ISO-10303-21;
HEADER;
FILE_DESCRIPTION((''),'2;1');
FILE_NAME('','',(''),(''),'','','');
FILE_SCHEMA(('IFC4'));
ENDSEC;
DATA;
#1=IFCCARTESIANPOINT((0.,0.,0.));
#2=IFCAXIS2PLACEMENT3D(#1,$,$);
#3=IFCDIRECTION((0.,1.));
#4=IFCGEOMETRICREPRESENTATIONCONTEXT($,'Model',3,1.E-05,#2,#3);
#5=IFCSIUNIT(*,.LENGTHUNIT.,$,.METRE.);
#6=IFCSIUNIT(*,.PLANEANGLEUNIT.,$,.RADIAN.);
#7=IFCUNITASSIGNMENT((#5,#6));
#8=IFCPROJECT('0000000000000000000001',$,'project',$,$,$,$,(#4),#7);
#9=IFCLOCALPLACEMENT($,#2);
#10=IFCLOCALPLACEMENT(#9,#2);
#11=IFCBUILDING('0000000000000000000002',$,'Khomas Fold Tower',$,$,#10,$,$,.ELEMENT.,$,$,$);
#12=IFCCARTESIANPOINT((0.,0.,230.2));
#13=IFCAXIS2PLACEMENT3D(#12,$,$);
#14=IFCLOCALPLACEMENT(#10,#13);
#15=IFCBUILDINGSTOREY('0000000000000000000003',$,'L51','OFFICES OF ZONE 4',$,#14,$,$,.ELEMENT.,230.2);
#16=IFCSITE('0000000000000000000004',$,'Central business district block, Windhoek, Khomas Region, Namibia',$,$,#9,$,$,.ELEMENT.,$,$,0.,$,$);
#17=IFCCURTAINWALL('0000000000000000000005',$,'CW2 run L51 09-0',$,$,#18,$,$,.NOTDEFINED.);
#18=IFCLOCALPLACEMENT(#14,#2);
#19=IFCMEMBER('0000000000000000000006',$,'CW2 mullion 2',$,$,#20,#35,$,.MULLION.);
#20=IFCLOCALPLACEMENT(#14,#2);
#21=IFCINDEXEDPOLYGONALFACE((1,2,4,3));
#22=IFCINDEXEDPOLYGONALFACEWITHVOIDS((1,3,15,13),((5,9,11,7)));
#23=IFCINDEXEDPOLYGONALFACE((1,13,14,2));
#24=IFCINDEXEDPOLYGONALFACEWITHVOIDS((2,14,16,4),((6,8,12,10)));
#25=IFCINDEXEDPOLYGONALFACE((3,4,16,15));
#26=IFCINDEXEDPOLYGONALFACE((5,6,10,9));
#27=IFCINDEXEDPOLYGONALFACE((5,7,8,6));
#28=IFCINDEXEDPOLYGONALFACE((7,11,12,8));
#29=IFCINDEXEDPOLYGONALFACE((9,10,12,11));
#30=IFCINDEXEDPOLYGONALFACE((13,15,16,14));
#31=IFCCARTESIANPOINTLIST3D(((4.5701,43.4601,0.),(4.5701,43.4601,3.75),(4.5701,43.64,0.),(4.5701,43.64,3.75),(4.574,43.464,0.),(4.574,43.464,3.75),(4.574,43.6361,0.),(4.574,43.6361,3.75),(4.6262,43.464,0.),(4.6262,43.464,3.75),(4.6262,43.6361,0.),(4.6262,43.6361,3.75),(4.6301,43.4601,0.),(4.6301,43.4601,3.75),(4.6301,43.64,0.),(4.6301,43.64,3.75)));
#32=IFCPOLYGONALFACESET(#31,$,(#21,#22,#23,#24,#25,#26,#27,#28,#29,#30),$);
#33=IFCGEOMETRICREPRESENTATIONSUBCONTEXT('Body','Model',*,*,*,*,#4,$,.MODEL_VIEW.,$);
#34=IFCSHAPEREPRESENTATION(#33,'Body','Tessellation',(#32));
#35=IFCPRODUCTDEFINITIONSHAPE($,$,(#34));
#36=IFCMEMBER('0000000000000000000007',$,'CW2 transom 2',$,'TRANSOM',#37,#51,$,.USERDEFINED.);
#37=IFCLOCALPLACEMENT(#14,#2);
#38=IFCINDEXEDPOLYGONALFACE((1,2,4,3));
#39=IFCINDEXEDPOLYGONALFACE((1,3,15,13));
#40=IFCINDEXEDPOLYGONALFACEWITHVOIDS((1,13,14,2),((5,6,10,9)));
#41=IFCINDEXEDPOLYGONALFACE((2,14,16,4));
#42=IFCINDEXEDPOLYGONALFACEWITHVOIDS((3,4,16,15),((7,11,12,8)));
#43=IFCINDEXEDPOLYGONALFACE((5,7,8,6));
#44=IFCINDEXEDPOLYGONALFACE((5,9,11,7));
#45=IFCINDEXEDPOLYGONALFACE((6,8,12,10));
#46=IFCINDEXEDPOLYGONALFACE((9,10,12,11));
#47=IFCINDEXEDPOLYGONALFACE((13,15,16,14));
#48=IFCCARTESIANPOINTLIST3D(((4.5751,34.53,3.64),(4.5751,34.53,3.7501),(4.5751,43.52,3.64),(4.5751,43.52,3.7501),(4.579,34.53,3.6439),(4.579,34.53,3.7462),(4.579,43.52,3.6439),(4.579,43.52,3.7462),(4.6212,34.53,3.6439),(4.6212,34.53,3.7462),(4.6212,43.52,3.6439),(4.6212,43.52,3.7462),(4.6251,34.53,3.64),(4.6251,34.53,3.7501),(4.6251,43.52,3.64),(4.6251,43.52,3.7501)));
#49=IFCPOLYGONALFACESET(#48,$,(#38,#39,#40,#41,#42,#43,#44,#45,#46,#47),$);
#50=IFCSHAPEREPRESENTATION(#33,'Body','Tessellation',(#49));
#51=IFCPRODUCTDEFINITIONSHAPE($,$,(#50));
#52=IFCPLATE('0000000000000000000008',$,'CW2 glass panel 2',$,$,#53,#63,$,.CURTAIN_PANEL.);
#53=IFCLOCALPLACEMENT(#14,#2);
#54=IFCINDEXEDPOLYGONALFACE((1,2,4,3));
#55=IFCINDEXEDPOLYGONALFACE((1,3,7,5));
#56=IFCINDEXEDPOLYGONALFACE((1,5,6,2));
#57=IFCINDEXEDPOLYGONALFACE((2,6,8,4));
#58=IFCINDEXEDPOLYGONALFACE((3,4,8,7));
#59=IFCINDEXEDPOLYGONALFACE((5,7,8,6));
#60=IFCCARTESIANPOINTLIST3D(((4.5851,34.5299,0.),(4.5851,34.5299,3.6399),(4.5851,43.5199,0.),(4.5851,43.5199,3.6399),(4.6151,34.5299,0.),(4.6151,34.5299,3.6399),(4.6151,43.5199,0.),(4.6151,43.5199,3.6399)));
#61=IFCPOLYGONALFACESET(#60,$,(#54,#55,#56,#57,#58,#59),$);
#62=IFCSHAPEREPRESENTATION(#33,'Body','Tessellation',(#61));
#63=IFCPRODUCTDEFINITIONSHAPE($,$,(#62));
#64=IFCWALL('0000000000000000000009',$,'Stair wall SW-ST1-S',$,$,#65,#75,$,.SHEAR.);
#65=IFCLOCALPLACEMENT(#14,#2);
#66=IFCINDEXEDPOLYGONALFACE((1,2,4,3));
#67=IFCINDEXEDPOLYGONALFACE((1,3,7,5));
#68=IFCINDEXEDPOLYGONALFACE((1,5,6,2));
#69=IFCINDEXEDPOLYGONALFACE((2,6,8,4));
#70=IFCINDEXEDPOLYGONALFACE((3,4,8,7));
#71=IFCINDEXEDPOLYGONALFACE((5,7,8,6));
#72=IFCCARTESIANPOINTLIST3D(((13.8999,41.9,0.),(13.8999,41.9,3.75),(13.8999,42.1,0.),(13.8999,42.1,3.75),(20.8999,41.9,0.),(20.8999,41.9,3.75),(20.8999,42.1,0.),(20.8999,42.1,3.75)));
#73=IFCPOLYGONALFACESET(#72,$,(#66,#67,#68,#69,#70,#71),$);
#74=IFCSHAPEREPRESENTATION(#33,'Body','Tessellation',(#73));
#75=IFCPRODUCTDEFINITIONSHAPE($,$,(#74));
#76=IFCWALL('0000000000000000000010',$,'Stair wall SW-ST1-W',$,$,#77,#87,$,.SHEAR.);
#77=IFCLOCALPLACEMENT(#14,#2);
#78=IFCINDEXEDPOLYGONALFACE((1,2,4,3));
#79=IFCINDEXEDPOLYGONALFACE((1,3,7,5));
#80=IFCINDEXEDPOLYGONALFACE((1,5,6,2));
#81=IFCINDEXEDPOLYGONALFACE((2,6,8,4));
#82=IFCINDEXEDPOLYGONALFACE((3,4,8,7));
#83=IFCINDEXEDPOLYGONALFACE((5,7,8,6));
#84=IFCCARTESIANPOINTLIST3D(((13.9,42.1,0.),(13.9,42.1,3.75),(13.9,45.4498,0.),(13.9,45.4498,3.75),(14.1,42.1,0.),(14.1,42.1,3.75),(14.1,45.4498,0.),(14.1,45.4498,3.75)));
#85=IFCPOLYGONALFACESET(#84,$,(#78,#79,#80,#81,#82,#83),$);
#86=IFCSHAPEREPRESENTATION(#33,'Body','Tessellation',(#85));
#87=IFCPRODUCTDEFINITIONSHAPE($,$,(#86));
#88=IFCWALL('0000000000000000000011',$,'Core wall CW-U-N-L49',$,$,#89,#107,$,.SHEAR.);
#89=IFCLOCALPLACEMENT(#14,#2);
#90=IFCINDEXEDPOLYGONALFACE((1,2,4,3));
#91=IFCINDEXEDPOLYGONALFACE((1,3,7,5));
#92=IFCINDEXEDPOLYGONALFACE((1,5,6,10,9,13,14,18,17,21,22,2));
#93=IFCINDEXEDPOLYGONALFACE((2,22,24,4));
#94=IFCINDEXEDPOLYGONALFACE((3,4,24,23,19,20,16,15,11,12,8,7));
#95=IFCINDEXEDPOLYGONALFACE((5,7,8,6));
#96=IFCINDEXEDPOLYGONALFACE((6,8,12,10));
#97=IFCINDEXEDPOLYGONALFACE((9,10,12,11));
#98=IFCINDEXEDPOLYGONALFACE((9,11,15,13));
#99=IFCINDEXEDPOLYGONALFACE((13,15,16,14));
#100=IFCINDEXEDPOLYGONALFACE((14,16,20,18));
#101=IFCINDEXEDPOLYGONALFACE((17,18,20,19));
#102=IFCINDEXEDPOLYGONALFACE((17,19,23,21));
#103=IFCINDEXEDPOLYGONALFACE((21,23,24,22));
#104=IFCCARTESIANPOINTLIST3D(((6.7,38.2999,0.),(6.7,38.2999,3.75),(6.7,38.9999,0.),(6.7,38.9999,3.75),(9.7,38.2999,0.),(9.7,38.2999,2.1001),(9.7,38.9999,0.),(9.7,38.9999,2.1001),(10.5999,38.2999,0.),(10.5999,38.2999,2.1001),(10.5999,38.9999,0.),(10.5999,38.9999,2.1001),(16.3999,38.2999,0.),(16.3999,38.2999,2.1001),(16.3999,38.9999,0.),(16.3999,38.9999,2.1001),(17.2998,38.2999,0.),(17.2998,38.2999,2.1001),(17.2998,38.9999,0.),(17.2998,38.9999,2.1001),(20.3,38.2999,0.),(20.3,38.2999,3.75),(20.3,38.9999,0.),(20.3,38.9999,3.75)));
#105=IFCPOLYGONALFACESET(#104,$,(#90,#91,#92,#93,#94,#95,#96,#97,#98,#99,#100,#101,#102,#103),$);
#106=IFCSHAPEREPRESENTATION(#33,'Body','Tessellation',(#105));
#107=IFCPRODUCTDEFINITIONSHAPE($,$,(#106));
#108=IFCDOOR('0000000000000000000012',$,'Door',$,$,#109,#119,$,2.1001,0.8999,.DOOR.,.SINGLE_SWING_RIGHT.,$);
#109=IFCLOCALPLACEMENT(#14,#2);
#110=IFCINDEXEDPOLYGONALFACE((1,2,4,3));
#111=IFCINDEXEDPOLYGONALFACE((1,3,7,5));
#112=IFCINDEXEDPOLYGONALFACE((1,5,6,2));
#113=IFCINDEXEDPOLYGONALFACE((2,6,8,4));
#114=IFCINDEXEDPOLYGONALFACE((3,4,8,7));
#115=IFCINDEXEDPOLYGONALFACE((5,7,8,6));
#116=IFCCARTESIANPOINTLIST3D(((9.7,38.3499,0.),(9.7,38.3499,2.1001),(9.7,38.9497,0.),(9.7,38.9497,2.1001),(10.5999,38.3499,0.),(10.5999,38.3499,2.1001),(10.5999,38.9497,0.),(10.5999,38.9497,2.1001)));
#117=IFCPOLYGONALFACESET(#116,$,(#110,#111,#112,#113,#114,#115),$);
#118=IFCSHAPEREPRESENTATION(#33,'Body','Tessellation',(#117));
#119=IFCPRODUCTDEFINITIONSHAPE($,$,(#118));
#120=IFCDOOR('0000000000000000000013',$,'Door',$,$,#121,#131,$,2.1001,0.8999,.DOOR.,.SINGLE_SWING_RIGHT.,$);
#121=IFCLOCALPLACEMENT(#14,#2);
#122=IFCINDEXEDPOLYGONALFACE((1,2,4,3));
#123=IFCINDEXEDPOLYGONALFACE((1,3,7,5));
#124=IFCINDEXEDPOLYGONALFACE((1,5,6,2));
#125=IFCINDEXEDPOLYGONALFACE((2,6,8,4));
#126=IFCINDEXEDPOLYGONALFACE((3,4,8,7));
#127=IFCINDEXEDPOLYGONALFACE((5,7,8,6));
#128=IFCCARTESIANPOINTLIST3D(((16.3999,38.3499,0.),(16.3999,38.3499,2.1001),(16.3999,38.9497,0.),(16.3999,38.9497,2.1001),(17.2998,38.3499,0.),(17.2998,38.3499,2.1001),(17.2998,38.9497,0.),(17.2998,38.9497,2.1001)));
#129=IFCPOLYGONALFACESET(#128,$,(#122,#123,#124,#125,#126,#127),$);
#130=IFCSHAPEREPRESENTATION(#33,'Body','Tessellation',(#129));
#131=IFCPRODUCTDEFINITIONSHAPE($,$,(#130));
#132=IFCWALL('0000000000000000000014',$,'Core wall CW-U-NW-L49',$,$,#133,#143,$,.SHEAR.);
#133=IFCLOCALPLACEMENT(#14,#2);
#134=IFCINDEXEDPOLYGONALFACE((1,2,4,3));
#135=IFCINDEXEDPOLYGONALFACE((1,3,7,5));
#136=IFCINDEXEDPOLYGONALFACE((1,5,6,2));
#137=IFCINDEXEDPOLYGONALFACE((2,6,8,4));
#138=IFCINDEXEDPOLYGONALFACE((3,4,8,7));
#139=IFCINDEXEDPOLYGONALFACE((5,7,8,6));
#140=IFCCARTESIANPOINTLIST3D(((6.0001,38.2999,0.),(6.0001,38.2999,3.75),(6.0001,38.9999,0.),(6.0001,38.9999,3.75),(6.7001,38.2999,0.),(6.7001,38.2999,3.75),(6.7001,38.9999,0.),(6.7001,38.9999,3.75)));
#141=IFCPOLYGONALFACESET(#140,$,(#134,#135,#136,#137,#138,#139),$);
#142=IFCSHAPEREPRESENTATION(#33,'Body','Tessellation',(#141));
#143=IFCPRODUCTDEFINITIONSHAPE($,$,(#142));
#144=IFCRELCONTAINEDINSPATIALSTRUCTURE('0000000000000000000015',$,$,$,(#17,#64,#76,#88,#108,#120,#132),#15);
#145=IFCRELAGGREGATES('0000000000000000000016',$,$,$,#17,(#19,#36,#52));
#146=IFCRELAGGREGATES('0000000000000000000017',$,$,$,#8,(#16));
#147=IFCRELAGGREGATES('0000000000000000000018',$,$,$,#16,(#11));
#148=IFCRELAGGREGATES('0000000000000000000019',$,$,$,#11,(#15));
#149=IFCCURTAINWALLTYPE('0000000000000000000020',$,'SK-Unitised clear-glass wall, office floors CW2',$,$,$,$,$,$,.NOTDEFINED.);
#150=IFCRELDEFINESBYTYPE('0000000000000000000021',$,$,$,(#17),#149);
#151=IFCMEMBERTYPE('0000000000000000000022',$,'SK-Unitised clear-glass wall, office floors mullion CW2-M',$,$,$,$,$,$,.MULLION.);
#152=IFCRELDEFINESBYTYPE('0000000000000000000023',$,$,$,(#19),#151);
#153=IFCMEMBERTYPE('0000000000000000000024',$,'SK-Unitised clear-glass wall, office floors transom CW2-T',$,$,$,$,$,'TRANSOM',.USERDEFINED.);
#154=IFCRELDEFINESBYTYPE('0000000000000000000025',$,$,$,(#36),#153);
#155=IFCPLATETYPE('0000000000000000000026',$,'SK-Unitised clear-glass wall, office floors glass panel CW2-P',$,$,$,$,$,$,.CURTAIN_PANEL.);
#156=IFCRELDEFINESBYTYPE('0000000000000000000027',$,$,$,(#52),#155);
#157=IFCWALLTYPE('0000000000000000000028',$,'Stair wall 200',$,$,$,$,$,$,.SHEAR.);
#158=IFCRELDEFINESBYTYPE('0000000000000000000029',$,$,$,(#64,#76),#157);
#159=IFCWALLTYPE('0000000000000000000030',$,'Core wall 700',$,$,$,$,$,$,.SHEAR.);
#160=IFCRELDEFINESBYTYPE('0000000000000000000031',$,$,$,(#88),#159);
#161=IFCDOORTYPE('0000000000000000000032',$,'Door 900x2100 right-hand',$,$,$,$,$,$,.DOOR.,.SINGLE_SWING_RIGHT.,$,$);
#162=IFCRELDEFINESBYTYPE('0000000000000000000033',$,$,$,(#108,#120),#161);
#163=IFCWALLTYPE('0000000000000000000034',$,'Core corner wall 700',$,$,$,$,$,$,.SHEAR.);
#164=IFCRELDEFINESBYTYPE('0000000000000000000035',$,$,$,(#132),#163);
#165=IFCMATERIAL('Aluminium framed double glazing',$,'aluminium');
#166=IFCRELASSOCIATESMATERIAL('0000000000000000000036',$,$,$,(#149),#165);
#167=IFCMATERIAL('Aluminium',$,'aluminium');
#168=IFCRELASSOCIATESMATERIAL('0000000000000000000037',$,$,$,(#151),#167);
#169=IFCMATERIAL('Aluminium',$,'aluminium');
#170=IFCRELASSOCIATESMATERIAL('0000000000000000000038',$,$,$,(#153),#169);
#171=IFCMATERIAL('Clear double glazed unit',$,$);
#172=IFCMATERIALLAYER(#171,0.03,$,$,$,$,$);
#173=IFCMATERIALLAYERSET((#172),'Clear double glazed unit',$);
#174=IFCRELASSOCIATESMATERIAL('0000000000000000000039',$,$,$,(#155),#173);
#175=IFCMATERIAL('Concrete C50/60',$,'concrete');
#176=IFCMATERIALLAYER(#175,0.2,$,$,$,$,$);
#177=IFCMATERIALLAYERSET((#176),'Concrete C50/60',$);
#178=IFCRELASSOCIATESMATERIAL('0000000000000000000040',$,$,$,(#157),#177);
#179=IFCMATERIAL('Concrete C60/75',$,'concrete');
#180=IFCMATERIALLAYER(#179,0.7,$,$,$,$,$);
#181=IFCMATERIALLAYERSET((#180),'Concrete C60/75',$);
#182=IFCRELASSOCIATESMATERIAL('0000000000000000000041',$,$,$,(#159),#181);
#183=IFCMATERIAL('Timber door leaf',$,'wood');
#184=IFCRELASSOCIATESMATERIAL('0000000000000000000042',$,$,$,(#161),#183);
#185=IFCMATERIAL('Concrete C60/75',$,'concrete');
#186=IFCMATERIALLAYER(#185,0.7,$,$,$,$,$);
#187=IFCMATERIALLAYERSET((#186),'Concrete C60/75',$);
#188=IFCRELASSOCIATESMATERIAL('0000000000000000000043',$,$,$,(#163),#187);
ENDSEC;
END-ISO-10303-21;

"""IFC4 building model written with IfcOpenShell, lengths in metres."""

from ifc_helpers import new_model, si_unit, direction, frame, frame_2d, origin, origin_2d, place, context, subcontext, project, spatial, rectangle, hollow_rectangle, extrude, source, transform, mapped, material, layer, layer_set, material_profile, profile_set, type_object, element, fill, aggregate, save


model = new_model("IFC4")

# Units and contexts
model_context = context("Model", 3, precision=1e-05, world=origin(), true_north=direction((0.0, 1.0)))
body_context = subcontext(model_context, "Body", "Model", "MODEL_VIEW")
ifc_project = project(units=[si_unit("LENGTHUNIT", "METRE"), si_unit("PLANEANGLEUNIT", "RADIAN")], contexts=[model_context])

# Site, building, storey
site_placement = place(None, origin())
site = spatial("IfcSite", under=ifc_project, at=site_placement, Name="Central business district block, Windhoek, Khomas Region, Namibia", CompositionType="ELEMENT", RefElevation=0.0)
building_placement = place(site_placement, origin())
building = spatial("IfcBuilding", under=site, at=building_placement, Name="Khomas Fold Tower", CompositionType="ELEMENT")
storey_placement = place(building_placement, frame((0.0, 0.0, 230.2)))
storey = spatial("IfcBuildingStorey", under=building, at=storey_placement, Name="L51", Description="OFFICES OF ZONE 4", CompositionType="ELEMENT", Elevation=230.2)

# Curtain wall, members, plate
ifc_material_1 = material(Name="Aluminium framed double glazing", Category="aluminium")
curtain_wall_type = type_object("IfcCurtainWallType", Name="SK-Unitised clear-glass wall, office floors CW2", PredefinedType="NOTDEFINED", material=ifc_material_1)
curtain_wall_placement = place(storey_placement, origin())
curtain_wall = element("IfcCurtainWall", 1, at=curtain_wall_placement, inside=storey, type_object=curtain_wall_type, Name="CW2 run L51 09-0", PredefinedType="NOTDEFINED")
ifc_material_2 = material(Name="Aluminium", Category="aluminium")
ifc_material_profile_1 = material_profile(ifc_material_2, hollow_rectangle(XDim=0.0601, YDim=0.1799, WallThickness=0.0039, at=origin_2d()), Name="SK-Unitised clear-glass wall, office floors mullion CW2-M")
ifc_profile_set_1 = profile_set([ifc_material_profile_1], Name="Aluminium")
member_type_1 = type_object("IfcMemberType", Name="SK-Unitised clear-glass wall, office floors mullion CW2-M", PredefinedType="MULLION", material=ifc_profile_set_1)
shared_shape_1 = source(origin(), body_context, "Body", "SweptSolid", [
    extrude(hollow_rectangle(XDim=0.0601, YDim=0.1799, WallThickness=0.0039, at=origin_2d()), origin(), (0.0, 0.0, 1.0), 3.75),
])
member_1_placement = place(storey_placement, frame((4.6001, 43.55, 0.0), z_axis=(0.0, 0.0, 1.0), x_axis=(1.0, 0.0, 0.0)))
member_1 = element("IfcMember", 2, at=member_1_placement, type_object=member_type_1, Name="CW2 mullion 2", PredefinedType="MULLION", context=body_context, shape_type="MappedRepresentation", body=[
    mapped(shared_shape_1, transform((0.0, 0.0, 0.0))),
])
ifc_material_3 = material(Name="Aluminium", Category="aluminium")
ifc_material_profile_2 = material_profile(ifc_material_3, hollow_rectangle(XDim=0.05, YDim=0.1101, WallThickness=0.0039, at=origin_2d()), Name="SK-Unitised clear-glass wall, office floors transom CW2-T")
ifc_profile_set_2 = profile_set([ifc_material_profile_2], Name="Aluminium")
member_type_2 = type_object("IfcMemberType", Name="SK-Unitised clear-glass wall, office floors transom CW2-T", ElementType="TRANSOM", PredefinedType="USERDEFINED", material=ifc_profile_set_2)
shared_shape_2 = source(origin(), body_context, "Body", "SweptSolid", [
    extrude(hollow_rectangle(XDim=0.05, YDim=0.1101, WallThickness=0.0039, at=origin_2d()), origin(), (0.0, 0.0, 1.0), 8.99),
])
member_2_placement = place(storey_placement, frame((4.6001, 43.52, 3.6951), z_axis=(0.0, -1.0, 0.0), x_axis=(1.0, 0.0, 0.0)))
member_2 = element("IfcMember", 3, at=member_2_placement, type_object=member_type_2, Name="CW2 transom 2", ObjectType="TRANSOM", PredefinedType="USERDEFINED", context=body_context, shape_type="MappedRepresentation", body=[
    mapped(shared_shape_2, transform((0.0, 0.0, 0.0))),
])
ifc_material_4 = material(Name="Clear double glazed unit")
ifc_layer_1 = layer(ifc_material_4, 0.03)
ifc_layer_set_1 = layer_set([ifc_layer_1], Name="Clear double glazed unit")
plate_type = type_object("IfcPlateType", Name="SK-Unitised clear-glass wall, office floors glass panel CW2-P", PredefinedType="CURTAIN_PANEL", material=ifc_layer_set_1)
shared_shape_3 = source(origin(), body_context, "Body", "SweptSolid", [
    extrude(rectangle(XDim=8.99, YDim=0.03, at=origin_2d()), origin(), (0.0, 0.0, 1.0), 3.6399),
])
plate_placement = place(storey_placement, frame((4.6001, 39.0249, 0.0), z_axis=(0.0, 0.0, 1.0), x_axis=(0.0, -1.0, 0.0)))
plate = element("IfcPlate", 4, at=plate_placement, type_object=plate_type, Name="CW2 glass panel 2", PredefinedType="CURTAIN_PANEL", context=body_context, shape_type="MappedRepresentation", body=[
    mapped(shared_shape_3, transform((0.0, 0.0, 0.0))),
])
aggregate(curtain_wall, [member_1, member_2, plate])

# Walls
ifc_material_5 = material(Name="Concrete C50/60", Category="concrete")
ifc_layer_2 = layer(ifc_material_5, 0.2)
ifc_layer_set_2 = layer_set([ifc_layer_2], Name="Concrete C50/60")
wall_type_1 = type_object("IfcWallType", Name="Stair wall 200", PredefinedType="SHEAR", material=ifc_layer_set_2)
shared_shape_4 = source(origin(), body_context, "Body", "SweptSolid", [
    extrude(rectangle(XDim=7.0, YDim=0.2, at=frame_2d((3.5, 0.0))), origin(), (0.0, 0.0, 1.0), 3.75),
])
wall_1_placement = place(storey_placement, frame((13.8999, 42.0, 0.0), z_axis=(0.0, 0.0, 1.0), x_axis=(1.0, 0.0, 0.0)))
element("IfcWall", 5, at=wall_1_placement, inside=storey, type_object=wall_type_1, Name="Stair wall SW-ST1-S", PredefinedType="SHEAR", context=body_context, shape_type="MappedRepresentation", body=[
    mapped(shared_shape_4, transform((0.0, 0.0, 0.0))),
])
shared_shape_5 = source(origin(), body_context, "Body", "SweptSolid", [
    extrude(rectangle(XDim=3.3499, YDim=0.2, at=frame_2d((1.6748, 0.0))), origin(), (0.0, 0.0, 1.0), 3.75),
])
wall_2_placement = place(storey_placement, frame((14.0, 42.1001, 0.0), z_axis=(0.0, 0.0, 1.0), x_axis=(0.0, 1.0, 0.0)))
element("IfcWall", 6, at=wall_2_placement, inside=storey, type_object=wall_type_1, Name="Stair wall SW-ST1-W", PredefinedType="SHEAR", context=body_context, shape_type="MappedRepresentation", body=[
    mapped(shared_shape_5, transform((0.0, 0.0, 0.0))),
])

# Wall, openings, doors
ifc_material_6 = material(Name="Concrete C60/75", Category="concrete")
ifc_layer_3 = layer(ifc_material_6, 0.7)
ifc_layer_set_3 = layer_set([ifc_layer_3], Name="Concrete C60/75")
wall_type_2 = type_object("IfcWallType", Name="Core wall 700", PredefinedType="SHEAR", material=ifc_layer_set_3)
shared_shape_6 = source(origin(), body_context, "Body", "SweptSolid", [
    extrude(rectangle(XDim=13.6001, YDim=0.7, at=frame_2d((6.8, 0.0))), origin(), (0.0, 0.0, 1.0), 3.75),
])
wall_3_placement = place(storey_placement, frame((6.7, 38.6499, 0.0), z_axis=(0.0, 0.0, 1.0), x_axis=(1.0, 0.0, 0.0)))
wall_3 = element("IfcWall", 7, at=wall_3_placement, inside=storey, type_object=wall_type_2, Name="Core wall CW-U-N-L49", PredefinedType="SHEAR", context=body_context, shape_type="MappedRepresentation", body=[
    mapped(shared_shape_6, transform((0.0, 0.0, 0.0))),
])
shared_shape_7 = source(origin(), body_context, "Body", "SweptSolid", [
    extrude(rectangle(XDim=0.8999, YDim=2.1001, at=frame_2d((0.45, 1.05))), frame((0.0, 0.3599, 0.0), z_axis=(0.0, -1.0, 0.0), x_axis=(1.0, 0.0, 0.0)), (0.0, 0.0, 1.0), 0.72),
])
opening_1_placement = place(wall_3_placement, frame((3.0, 0.0, 0.0)))
opening_1 = element("IfcOpeningElement", 8, at=opening_1_placement, cuts=wall_3, PredefinedType="OPENING", context=body_context, shape_type="MappedRepresentation", body=[
    mapped(shared_shape_7, transform((0.0, 0.0, 0.0))),
])
opening_2_placement = place(wall_3_placement, frame((9.7, 0.0, 0.0)))
opening_2 = element("IfcOpeningElement", 9, at=opening_2_placement, cuts=wall_3, PredefinedType="OPENING", context=body_context, shape_type="MappedRepresentation", body=[
    mapped(shared_shape_7, transform((0.0, 0.0, 0.0))),
])
ifc_material_7 = material(Name="Timber door leaf", Category="wood")
door_type = type_object("IfcDoorType", Name="Door 900x2100 right-hand", OperationType="SINGLE_SWING_RIGHT", PredefinedType="DOOR", material=ifc_material_7)
shared_shape_8 = source(origin(), body_context, "Body", "SweptSolid", [
    extrude(rectangle(XDim=0.8999, YDim=2.1001, at=frame_2d((0.45, 1.05))), frame((0.0, 0.2998, 0.0), z_axis=(0.0, -1.0, 0.0), x_axis=(1.0, 0.0, 0.0)), (0.0, 0.0, 1.0), 0.5999),
])
door_1_placement = place(opening_1_placement, origin())
door_1 = element("IfcDoor", 10, at=door_1_placement, inside=storey, type_object=door_type, Name="Door", OperationType="SINGLE_SWING_RIGHT", OverallHeight=2.1001, OverallWidth=0.8999, PredefinedType="DOOR", context=body_context, shape_type="MappedRepresentation", body=[
    mapped(shared_shape_8, transform((0.0, 0.0, 0.0))),
])
fill(opening_1, door_1)
door_2_placement = place(opening_2_placement, origin())
door_2 = element("IfcDoor", 11, at=door_2_placement, inside=storey, type_object=door_type, Name="Door", OperationType="SINGLE_SWING_RIGHT", OverallHeight=2.1001, OverallWidth=0.8999, PredefinedType="DOOR", context=body_context, shape_type="MappedRepresentation", body=[
    mapped(shared_shape_8, transform((0.0, 0.0, 0.0))),
])
fill(opening_2, door_2)

# Wall
ifc_material_8 = material(Name="Concrete C60/75", Category="concrete")
ifc_layer_4 = layer(ifc_material_8, 0.7)
ifc_layer_set_4 = layer_set([ifc_layer_4], Name="Concrete C60/75")
wall_type_3 = type_object("IfcWallType", Name="Core corner wall 700", PredefinedType="SHEAR", material=ifc_layer_set_4)
shared_shape_9 = source(origin(), body_context, "Body", "SweptSolid", [
    extrude(rectangle(XDim=0.7, YDim=0.7, at=frame_2d((0.3501, 0.0))), origin(), (0.0, 0.0, 1.0), 3.75),
])
wall_4_placement = place(storey_placement, frame((6.0, 38.6499, 0.0), z_axis=(0.0, 0.0, 1.0), x_axis=(1.0, 0.0, 0.0)))
element("IfcWall", 12, at=wall_4_placement, inside=storey, type_object=wall_type_3, Name="Core wall CW-U-NW-L49", PredefinedType="SHEAR", context=body_context, shape_type="MappedRepresentation", body=[
    mapped(shared_shape_9, transform((0.0, 0.0, 0.0))),
])

save(model, "model.ifc")
